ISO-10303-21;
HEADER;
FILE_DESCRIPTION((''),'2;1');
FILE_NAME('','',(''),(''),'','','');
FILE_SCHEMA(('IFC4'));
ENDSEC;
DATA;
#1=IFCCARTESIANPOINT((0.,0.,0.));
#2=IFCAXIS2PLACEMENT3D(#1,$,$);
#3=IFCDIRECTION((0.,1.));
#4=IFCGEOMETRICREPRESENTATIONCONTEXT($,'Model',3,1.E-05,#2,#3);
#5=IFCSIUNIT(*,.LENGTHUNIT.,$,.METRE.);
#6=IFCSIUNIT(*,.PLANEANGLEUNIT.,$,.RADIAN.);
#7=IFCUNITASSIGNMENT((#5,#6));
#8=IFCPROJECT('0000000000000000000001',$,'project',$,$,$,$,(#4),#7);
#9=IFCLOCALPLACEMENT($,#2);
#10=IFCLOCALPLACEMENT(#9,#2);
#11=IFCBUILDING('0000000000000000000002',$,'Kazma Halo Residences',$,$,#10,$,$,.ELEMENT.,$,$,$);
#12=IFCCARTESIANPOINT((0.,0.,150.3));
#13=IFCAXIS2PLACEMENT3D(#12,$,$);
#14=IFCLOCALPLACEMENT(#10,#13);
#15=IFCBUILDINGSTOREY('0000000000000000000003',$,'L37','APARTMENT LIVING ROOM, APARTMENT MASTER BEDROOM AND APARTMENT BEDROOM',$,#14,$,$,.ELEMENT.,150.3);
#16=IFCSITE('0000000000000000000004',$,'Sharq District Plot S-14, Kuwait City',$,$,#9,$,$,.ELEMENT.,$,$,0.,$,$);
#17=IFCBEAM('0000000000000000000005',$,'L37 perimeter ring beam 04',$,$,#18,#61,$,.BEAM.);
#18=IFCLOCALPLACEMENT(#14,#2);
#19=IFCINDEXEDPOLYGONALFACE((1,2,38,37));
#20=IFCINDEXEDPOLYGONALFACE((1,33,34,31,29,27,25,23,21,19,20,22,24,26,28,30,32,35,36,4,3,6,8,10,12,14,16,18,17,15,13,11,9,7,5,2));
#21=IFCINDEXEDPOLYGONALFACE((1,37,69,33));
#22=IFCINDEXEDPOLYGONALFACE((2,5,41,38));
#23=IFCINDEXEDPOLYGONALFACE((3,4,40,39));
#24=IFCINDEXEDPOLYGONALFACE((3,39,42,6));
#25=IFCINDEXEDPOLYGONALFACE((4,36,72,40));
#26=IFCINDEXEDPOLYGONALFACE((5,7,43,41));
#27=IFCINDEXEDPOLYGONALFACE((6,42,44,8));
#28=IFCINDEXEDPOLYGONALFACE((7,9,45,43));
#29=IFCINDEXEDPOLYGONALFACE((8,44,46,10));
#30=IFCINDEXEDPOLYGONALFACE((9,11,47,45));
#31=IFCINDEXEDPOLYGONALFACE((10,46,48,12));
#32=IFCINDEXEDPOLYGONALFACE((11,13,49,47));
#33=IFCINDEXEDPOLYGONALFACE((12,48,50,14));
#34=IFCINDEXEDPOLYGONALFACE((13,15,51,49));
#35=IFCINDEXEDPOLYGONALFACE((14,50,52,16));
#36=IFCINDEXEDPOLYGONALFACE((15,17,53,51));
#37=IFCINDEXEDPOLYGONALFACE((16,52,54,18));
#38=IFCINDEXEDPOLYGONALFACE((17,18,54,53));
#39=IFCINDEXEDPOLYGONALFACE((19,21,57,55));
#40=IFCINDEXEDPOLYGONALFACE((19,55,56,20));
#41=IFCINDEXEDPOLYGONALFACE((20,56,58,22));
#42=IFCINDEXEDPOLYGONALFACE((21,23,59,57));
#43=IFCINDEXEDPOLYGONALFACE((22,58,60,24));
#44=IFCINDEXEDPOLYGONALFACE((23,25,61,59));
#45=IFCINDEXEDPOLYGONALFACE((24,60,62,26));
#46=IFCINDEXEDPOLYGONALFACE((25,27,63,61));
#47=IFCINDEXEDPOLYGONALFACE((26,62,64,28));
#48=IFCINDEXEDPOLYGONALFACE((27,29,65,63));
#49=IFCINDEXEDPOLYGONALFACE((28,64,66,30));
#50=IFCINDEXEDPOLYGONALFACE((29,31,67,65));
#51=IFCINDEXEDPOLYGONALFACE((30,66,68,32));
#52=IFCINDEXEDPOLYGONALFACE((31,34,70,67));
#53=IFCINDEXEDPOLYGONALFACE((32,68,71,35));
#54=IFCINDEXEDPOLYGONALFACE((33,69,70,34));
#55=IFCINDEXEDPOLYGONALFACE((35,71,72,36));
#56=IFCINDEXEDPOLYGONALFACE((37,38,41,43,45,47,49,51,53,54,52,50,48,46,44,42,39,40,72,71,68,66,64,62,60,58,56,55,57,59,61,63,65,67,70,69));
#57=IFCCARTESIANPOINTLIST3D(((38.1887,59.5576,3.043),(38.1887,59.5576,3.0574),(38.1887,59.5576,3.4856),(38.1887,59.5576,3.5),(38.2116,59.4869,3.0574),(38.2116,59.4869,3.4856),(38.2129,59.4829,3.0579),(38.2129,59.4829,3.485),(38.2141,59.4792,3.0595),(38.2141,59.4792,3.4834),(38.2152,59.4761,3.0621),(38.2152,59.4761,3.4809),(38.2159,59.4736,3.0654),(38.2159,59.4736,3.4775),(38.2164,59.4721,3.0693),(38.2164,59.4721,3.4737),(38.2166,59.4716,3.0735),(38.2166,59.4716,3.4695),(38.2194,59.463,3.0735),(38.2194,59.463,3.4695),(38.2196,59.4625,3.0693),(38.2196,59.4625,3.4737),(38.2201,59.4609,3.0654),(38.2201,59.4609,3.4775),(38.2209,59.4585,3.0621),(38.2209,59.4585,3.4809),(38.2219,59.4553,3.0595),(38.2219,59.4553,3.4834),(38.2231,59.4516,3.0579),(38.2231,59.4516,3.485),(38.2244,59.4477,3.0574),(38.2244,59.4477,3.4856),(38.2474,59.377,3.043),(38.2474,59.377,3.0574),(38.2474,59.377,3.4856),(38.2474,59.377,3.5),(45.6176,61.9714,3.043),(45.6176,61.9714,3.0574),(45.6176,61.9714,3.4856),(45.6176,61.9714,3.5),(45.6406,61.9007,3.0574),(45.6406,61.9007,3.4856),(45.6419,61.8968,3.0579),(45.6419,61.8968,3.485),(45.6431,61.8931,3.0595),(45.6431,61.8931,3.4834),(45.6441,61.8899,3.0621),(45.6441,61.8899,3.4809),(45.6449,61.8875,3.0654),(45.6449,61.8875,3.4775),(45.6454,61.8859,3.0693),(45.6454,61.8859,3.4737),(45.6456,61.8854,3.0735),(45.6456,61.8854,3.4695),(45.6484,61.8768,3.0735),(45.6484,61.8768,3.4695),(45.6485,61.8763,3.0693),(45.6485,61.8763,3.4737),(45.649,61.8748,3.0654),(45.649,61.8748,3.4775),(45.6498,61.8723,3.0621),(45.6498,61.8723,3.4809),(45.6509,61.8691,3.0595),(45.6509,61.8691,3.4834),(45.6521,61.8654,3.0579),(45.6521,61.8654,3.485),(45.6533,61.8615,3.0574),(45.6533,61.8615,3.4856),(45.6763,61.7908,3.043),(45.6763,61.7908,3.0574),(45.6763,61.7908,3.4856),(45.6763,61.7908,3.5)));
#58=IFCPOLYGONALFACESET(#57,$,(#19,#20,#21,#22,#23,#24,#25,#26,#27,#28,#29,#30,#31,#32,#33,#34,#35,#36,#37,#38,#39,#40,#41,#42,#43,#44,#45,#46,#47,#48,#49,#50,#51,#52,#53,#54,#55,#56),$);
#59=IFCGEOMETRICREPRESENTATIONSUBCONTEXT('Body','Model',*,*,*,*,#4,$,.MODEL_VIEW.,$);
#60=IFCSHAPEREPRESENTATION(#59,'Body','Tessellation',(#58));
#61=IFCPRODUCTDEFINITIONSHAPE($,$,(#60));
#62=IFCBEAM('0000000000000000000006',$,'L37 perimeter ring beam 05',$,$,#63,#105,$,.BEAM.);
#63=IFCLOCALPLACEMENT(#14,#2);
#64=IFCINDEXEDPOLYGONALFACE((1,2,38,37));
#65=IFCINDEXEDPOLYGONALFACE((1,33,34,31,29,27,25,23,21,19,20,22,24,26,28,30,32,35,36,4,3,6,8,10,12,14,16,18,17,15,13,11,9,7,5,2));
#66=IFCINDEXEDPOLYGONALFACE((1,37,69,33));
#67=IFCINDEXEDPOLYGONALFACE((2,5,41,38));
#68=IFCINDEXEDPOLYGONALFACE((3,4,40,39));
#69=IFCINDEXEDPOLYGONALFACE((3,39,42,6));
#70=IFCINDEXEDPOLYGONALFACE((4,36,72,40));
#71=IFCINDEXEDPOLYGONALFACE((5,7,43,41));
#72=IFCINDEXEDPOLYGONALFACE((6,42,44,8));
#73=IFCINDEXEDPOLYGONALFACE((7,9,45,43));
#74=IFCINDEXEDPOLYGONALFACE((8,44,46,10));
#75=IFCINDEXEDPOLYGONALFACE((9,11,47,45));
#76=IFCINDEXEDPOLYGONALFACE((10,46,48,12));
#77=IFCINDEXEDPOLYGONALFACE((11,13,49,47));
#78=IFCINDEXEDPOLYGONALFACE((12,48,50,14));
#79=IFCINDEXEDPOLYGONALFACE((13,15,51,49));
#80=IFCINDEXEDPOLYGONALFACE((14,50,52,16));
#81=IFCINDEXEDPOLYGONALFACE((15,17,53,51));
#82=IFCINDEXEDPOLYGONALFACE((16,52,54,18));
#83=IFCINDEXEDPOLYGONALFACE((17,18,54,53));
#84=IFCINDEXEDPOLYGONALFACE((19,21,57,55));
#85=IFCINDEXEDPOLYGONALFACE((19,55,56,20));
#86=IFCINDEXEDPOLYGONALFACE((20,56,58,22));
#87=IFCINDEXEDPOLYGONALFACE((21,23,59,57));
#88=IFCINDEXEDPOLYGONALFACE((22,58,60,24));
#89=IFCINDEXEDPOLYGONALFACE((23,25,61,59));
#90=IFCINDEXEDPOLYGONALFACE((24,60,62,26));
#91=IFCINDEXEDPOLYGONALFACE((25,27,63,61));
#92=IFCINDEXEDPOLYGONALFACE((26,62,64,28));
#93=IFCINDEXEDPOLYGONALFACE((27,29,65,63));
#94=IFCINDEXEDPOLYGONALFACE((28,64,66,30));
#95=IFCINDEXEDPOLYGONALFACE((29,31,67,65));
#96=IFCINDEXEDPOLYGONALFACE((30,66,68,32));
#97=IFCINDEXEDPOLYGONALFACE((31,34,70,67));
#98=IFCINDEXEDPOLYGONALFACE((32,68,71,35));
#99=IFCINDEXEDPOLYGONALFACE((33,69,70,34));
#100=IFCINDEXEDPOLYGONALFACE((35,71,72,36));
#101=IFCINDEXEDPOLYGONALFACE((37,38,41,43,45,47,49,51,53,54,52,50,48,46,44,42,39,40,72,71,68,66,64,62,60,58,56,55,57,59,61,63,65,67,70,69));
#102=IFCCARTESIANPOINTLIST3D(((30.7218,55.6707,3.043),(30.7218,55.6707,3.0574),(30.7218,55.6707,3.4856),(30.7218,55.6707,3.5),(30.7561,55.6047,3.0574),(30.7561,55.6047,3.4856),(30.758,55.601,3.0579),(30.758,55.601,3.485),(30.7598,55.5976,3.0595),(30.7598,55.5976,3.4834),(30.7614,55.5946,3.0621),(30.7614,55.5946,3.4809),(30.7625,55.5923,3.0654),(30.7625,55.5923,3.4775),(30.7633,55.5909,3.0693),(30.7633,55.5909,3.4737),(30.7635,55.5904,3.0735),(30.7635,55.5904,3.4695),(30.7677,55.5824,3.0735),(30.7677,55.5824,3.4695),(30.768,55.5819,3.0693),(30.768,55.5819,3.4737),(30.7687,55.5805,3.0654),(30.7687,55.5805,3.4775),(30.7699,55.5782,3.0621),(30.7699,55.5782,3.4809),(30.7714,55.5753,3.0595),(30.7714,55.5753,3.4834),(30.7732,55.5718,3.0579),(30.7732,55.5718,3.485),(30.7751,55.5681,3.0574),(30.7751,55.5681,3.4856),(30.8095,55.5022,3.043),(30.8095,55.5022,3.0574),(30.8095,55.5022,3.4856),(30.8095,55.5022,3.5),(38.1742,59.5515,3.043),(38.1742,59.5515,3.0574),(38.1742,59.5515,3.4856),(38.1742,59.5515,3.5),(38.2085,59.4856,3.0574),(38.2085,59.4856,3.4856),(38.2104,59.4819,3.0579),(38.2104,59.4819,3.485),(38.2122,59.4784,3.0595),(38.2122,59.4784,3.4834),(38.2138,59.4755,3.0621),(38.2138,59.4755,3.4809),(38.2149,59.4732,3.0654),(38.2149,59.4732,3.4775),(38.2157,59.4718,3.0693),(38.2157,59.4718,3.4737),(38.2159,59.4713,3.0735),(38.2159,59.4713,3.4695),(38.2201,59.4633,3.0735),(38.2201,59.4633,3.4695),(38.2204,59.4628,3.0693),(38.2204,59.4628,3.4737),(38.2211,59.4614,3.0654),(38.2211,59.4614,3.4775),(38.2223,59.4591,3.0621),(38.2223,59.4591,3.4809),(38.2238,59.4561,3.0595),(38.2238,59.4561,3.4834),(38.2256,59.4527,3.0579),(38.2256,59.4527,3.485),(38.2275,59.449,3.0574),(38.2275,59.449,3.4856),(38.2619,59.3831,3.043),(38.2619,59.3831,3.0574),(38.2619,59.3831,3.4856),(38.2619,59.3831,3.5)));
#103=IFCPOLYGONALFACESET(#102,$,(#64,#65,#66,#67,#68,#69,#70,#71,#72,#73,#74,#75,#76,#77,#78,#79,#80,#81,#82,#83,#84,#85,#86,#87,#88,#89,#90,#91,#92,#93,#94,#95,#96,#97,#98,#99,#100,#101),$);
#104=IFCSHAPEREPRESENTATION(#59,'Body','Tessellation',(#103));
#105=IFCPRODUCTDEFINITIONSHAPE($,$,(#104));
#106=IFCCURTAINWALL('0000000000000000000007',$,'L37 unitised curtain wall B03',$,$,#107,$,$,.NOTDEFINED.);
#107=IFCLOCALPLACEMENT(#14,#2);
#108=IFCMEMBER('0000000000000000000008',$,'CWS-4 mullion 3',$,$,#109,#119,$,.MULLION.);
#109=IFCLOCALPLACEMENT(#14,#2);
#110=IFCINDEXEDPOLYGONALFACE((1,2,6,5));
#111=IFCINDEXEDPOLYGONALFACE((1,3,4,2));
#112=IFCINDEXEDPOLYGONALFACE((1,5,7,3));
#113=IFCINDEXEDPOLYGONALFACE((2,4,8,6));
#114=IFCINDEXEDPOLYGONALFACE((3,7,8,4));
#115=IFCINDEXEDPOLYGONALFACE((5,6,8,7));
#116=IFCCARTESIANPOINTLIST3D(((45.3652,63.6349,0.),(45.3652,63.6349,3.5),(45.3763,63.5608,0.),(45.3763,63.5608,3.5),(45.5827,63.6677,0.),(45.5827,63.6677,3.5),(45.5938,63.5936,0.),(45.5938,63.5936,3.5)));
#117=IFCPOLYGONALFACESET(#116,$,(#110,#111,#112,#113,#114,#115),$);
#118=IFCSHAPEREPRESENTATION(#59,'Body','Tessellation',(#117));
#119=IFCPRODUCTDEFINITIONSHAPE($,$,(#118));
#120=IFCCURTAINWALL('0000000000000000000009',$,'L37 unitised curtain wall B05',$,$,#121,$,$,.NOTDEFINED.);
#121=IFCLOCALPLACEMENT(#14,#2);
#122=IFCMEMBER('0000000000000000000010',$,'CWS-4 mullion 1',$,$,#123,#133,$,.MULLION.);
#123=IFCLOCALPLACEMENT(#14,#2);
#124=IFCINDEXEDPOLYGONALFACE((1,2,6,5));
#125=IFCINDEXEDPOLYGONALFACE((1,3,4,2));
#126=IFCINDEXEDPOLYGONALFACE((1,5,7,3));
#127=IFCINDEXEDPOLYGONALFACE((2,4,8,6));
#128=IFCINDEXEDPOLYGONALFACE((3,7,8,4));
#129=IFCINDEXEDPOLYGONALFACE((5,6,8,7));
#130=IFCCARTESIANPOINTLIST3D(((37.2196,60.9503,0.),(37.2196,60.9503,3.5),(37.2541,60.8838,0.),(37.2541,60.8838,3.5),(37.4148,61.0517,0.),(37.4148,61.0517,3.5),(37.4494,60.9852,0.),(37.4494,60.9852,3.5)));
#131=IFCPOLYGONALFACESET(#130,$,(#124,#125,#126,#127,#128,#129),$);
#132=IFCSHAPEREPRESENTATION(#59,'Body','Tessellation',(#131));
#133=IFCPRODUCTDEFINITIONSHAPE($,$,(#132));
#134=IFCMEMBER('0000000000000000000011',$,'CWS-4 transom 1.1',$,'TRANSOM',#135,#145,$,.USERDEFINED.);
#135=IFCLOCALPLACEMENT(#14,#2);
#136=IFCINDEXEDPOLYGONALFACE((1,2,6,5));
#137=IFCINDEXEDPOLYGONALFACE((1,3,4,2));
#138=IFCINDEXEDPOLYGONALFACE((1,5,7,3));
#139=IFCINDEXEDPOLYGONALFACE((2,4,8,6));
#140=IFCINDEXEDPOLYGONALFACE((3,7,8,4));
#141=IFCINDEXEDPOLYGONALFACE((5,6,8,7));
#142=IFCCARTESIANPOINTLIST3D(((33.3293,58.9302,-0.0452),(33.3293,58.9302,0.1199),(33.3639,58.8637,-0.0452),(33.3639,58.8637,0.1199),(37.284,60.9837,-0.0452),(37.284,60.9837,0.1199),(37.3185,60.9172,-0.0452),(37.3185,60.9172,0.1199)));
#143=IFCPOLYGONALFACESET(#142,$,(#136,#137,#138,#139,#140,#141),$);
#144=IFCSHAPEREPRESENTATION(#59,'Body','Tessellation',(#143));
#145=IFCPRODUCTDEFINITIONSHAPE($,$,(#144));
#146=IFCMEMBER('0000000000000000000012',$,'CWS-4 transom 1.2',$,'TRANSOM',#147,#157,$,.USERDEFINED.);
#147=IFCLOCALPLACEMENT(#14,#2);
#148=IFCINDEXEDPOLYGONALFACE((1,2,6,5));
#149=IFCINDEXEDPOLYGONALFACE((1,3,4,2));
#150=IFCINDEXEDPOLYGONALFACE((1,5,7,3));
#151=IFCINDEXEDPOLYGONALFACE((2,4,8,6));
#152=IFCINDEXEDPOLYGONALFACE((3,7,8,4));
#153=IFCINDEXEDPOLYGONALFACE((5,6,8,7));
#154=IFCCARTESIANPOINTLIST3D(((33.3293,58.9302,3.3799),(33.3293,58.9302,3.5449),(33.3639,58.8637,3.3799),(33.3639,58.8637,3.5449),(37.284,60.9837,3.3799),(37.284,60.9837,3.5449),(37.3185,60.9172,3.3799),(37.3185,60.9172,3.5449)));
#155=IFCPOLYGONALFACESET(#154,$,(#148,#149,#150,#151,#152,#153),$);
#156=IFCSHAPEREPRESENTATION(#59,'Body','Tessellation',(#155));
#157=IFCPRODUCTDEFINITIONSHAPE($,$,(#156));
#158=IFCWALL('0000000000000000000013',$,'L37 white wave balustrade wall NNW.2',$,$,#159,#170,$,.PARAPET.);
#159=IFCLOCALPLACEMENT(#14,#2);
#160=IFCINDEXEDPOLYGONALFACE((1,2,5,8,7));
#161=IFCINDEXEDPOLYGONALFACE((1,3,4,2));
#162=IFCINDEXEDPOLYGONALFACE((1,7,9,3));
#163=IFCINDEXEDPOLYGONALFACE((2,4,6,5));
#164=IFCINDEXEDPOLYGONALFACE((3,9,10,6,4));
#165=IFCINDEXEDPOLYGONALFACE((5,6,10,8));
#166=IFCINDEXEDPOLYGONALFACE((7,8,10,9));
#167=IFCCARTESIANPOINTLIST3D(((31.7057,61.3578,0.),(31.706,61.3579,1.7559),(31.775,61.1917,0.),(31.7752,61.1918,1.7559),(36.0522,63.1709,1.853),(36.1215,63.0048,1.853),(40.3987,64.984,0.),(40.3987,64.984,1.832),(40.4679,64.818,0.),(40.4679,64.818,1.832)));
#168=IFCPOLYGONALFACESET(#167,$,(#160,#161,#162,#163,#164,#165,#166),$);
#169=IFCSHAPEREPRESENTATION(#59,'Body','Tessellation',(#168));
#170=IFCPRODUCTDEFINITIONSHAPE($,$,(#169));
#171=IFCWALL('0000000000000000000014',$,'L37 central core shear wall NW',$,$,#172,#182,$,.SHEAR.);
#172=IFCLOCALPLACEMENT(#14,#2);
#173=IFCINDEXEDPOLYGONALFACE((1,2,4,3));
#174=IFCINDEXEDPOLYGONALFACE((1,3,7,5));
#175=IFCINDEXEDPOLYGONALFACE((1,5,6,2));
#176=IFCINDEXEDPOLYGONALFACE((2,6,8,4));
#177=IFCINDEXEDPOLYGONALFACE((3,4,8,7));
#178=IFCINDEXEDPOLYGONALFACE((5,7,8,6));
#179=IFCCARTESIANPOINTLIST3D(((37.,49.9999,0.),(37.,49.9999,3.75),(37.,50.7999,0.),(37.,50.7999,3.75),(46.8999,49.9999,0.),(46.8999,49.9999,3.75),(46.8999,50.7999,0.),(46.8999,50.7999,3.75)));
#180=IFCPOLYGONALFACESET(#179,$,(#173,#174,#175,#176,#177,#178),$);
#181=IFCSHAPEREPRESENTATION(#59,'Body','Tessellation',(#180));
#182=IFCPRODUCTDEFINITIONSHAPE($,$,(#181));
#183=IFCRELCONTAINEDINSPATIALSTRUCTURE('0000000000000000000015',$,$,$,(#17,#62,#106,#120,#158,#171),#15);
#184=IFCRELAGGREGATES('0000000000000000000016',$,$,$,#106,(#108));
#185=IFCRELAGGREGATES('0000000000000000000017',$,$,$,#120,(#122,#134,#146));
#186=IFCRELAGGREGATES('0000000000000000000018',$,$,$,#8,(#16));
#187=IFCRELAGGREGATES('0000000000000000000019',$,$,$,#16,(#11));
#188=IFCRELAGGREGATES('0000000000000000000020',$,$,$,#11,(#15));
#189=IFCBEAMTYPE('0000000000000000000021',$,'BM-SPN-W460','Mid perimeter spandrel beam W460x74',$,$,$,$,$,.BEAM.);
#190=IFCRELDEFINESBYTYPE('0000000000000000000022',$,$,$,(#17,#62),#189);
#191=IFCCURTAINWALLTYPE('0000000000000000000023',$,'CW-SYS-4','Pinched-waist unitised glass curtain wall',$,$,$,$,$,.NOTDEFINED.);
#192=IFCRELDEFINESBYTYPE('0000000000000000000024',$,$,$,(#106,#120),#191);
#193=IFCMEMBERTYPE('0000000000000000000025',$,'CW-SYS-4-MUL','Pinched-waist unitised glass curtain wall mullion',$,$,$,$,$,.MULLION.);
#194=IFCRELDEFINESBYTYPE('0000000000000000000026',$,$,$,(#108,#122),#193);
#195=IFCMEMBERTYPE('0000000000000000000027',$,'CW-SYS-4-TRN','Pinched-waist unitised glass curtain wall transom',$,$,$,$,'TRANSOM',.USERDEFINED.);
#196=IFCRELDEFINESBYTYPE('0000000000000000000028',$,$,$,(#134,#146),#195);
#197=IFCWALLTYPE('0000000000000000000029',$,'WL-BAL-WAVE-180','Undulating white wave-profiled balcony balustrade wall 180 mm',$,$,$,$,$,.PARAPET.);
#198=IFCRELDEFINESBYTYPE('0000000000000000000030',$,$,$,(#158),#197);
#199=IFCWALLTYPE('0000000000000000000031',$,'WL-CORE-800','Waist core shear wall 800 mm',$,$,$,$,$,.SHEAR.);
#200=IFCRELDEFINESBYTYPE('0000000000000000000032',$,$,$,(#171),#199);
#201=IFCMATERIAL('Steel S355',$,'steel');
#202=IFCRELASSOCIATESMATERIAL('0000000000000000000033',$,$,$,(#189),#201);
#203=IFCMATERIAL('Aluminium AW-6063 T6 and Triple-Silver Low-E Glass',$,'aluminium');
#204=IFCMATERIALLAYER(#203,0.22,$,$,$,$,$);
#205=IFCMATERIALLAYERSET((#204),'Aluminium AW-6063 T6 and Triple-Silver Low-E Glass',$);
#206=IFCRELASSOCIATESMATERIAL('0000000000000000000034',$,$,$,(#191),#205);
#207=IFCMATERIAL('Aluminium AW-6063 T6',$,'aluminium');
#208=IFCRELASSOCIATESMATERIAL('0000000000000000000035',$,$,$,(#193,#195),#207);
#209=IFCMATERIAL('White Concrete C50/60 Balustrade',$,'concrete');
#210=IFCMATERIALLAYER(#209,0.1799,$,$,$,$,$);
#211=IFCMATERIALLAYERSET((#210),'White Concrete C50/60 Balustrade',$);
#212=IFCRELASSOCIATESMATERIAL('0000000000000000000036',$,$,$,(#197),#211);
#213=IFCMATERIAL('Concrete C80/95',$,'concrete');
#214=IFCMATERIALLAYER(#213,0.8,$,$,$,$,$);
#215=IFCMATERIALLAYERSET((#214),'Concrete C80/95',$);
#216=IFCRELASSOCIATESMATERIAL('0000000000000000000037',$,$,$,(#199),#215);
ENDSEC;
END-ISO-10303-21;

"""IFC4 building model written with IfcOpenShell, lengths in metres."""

from ifc_helpers import new_model, si_unit, direction, frame, frame_2d, origin, origin_2d, place, context, subcontext, project, spatial, polyline, rectangle, i_section, outline, extrude, material, layer, layer_set, material_profile, profile_set, type_object, element, aggregate, save


model = new_model("IFC4")

# Units and contexts
model_context = context("Model", 3, precision=1e-05, world=origin(), true_north=direction((0.0, 1.0)))
body_context = subcontext(model_context, "Body", "Model", "MODEL_VIEW")
ifc_project = project(units=[si_unit("LENGTHUNIT", "METRE"), si_unit("PLANEANGLEUNIT", "RADIAN")], contexts=[model_context])

# Site, building, storey
site_placement = place(None, origin())
site = spatial("IfcSite", under=ifc_project, at=site_placement, Name="Sharq District Plot S-14, Kuwait City", CompositionType="ELEMENT", RefElevation=0.0)
building_placement = place(site_placement, origin())
building = spatial("IfcBuilding", under=site, at=building_placement, Name="Kazma Halo Residences", CompositionType="ELEMENT")
storey_placement = place(building_placement, frame((0.0, 0.0, 150.3)))
storey = spatial("IfcBuildingStorey", under=building, at=storey_placement, Name="L37", Description="APARTMENT LIVING ROOM, APARTMENT MASTER BEDROOM AND APARTMENT BEDROOM", CompositionType="ELEMENT", Elevation=150.3)

# Shared definitions
ifc_material_1 = material(Name="Concrete C80/95", Category="concrete")

# Beams
ifc_material_2 = material(Name="Steel S355", Category="steel")
ifc_material_profile_1 = material_profile(ifc_material_2, i_section(OverallWidth=0.1899, OverallDepth=0.457, WebThickness=0.009, FlangeThickness=0.0144, FilletRadius=0.0161, at=origin_2d()), Name="W460x74")
ifc_profile_set_1 = profile_set([ifc_material_profile_1], Name="Steel S355")
beam_type_1 = type_object("IfcBeamType", Name="BM-SPN-W460", Description="Mid perimeter spandrel beam W460x74", PredefinedType="BEAM", material=ifc_profile_set_1)
beam_1_placement = place(storey_placement, frame((45.647, 61.8811, 3.2715), z_axis=(-0.951056, -0.309018, 0.0), x_axis=(0.309018, -0.951056, 0.0)))
element("IfcBeam", 1, at=beam_1_placement, inside=storey, type_object=beam_type_1, Name="L37 perimeter ring beam 04", PredefinedType="BEAM", context=body_context, shape_type="SweptSolid", body=[
    extrude(i_section(OverallWidth=0.1899, OverallDepth=0.457, WebThickness=0.009, FlangeThickness=0.0144, FilletRadius=0.0161, at=origin_2d()), origin(), (0.0, 0.0, 1.0), 7.8113),
])
beam_2_placement = place(storey_placement, frame((38.218, 59.4673, 3.2715), z_axis=(-0.886943, -0.461879, 0.0), x_axis=(0.461879, -0.886943, 0.0)))
element("IfcBeam", 2, at=beam_2_placement, inside=storey, type_object=beam_type_1, Name="L37 perimeter ring beam 05", PredefinedType="BEAM", context=body_context, shape_type="SweptSolid", body=[
    extrude(i_section(OverallWidth=0.1899, OverallDepth=0.457, WebThickness=0.009, FlangeThickness=0.0144, FilletRadius=0.0161, at=origin_2d()), origin(), (0.0, 0.0, 1.0), 8.4023),
])

# Curtain wall, member
ifc_material_3 = material(Name="Aluminium AW-6063 T6 and Triple-Silver Low-E Glass", Category="aluminium")
ifc_layer_1 = layer(ifc_material_3, 0.22)
ifc_layer_set_1 = layer_set([ifc_layer_1], Name="Aluminium AW-6063 T6 and Triple-Silver Low-E Glass")
curtain_wall_type = type_object("IfcCurtainWallType", Name="CW-SYS-4", Description="Pinched-waist unitised glass curtain wall", PredefinedType="NOTDEFINED", material=ifc_layer_set_1)
curtain_wall_1_placement = place(storey_placement, origin())
curtain_wall_1 = element("IfcCurtainWall", 3, at=curtain_wall_1_placement, inside=storey, type_object=curtain_wall_type, Name="L37 unitised curtain wall B03", PredefinedType="NOTDEFINED")
ifc_material_4 = material(Name="Aluminium AW-6063 T6", Category="aluminium")
ifc_material_profile_2 = material_profile(ifc_material_4, rectangle(XDim=0.075, YDim=0.22, at=origin_2d()), Name="CWM-75x220")
ifc_profile_set_2 = profile_set([ifc_material_profile_2], Name="Aluminium AW-6063 T6")
member_type_1 = type_object("IfcMemberType", Name="CW-SYS-4-MUL", Description="Pinched-waist unitised glass curtain wall mullion", PredefinedType="MULLION", material=ifc_profile_set_2)
member_1_placement = place(storey_placement, frame((45.4795, 63.6143, 0.0), z_axis=(0.0, 0.0, 1.0), x_axis=(0.148821, -0.988864, 0.0)))
member_1 = element("IfcMember", 4, at=member_1_placement, type_object=member_type_1, Name="CWS-4 mullion 3", PredefinedType="MULLION", context=body_context, shape_type="SweptSolid", body=[
    extrude(rectangle(XDim=0.075, YDim=0.22, at=origin_2d()), origin(), (0.0, 0.0, 1.0), 3.5),
])
aggregate(curtain_wall_1, [member_1])

# Curtain wall, members
curtain_wall_2_placement = place(storey_placement, origin())
curtain_wall_2 = element("IfcCurtainWall", 5, at=curtain_wall_2_placement, inside=storey, type_object=curtain_wall_type, Name="L37 unitised curtain wall B05", PredefinedType="NOTDEFINED")
member_2_placement = place(storey_placement, frame((37.3345, 60.9678, 0.0), z_axis=(0.0, 0.0, 1.0), x_axis=(0.460837, -0.887485, 0.0)))
member_2 = element("IfcMember", 6, at=member_2_placement, type_object=member_type_1, Name="CWS-4 mullion 1", PredefinedType="MULLION", context=body_context, shape_type="SweptSolid", body=[
    extrude(rectangle(XDim=0.075, YDim=0.22, at=origin_2d()), origin(), (0.0, 0.0, 1.0), 3.5),
])
ifc_material_profile_3 = material_profile(ifc_material_4, rectangle(XDim=0.075, YDim=0.165, at=origin_2d()), Name="CWT-75x165")
ifc_profile_set_3 = profile_set([ifc_material_profile_3], Name="Aluminium AW-6063 T6")
member_type_2 = type_object("IfcMemberType", Name="CW-SYS-4-TRN", Description="Pinched-waist unitised glass curtain wall transom", ElementType="TRANSOM", PredefinedType="USERDEFINED", material=ifc_profile_set_3)
member_3_placement = place(storey_placement, frame((37.3013, 60.9504, 0.0374), z_axis=(-0.887485, -0.460837, 0.0), x_axis=(0.460837, -0.887485, 0.0)))
member_3 = element("IfcMember", 7, at=member_3_placement, type_object=member_type_2, Name="CWS-4 transom 1.1", ObjectType="TRANSOM", PredefinedType="USERDEFINED", context=body_context, shape_type="SweptSolid", body=[
    extrude(rectangle(XDim=0.075, YDim=0.165, at=origin_2d()), origin(), (0.0, 0.0, 1.0), 4.4561),
])
member_4_placement = place(storey_placement, frame((37.3013, 60.9504, 3.4624), z_axis=(-0.887485, -0.460837, 0.0), x_axis=(0.460837, -0.887485, 0.0)))
member_4 = element("IfcMember", 8, at=member_4_placement, type_object=member_type_2, Name="CWS-4 transom 1.2", ObjectType="TRANSOM", PredefinedType="USERDEFINED", context=body_context, shape_type="SweptSolid", body=[
    extrude(rectangle(XDim=0.075, YDim=0.165, at=origin_2d()), origin(), (0.0, 0.0, 1.0), 4.4561),
])
aggregate(curtain_wall_2, [member_2, member_3, member_4])

# Walls
ifc_material_5 = material(Name="White Concrete C50/60 Balustrade", Category="concrete")
ifc_layer_2 = layer(ifc_material_5, 0.1799)
ifc_layer_set_2 = layer_set([ifc_layer_2], Name="White Concrete C50/60 Balustrade")
wall_type_1 = type_object("IfcWallType", Name="WL-BAL-WAVE-180", Description="Undulating white wave-profiled balcony balustrade wall 180 mm", PredefinedType="PARAPET", material=ifc_layer_set_2)
wall_1_placement = place(storey_placement, frame((40.4333, 64.9009, 0.0), z_axis=(0.0, 0.0, 1.0), x_axis=(-0.922919, -0.384994, 0.0)))
element("IfcWall", 9, at=wall_1_placement, inside=storey, type_object=wall_type_1, Name="L37 white wave balustrade wall NNW.2", PredefinedType="PARAPET", context=body_context, shape_type="SweptSolid", body=[
    extrude(outline(polyline([(0.0, 0.0), (9.4189, 0.0), (9.4187, 1.7559), (4.7095, 1.853), (0.0, 1.832), (0.0, 0.0)])), frame((0.0, 0.0898, 0.0), z_axis=(0.0, -1.0, 0.0), x_axis=(1.0, 0.0, 0.0)), (0.0, 0.0, 1.0), 0.1799),
])
ifc_layer_3 = layer(ifc_material_1, 0.8)
ifc_layer_set_3 = layer_set([ifc_layer_3], Name="Concrete C80/95")
wall_type_2 = type_object("IfcWallType", Name="WL-CORE-800", Description="Waist core shear wall 800 mm", PredefinedType="SHEAR", material=ifc_layer_set_3)
wall_2_placement = place(storey_placement, frame((37.0, 50.3999, 0.0), z_axis=(0.0, 0.0, 1.0), x_axis=(1.0, 0.0, 0.0)))
element("IfcWall", 10, at=wall_2_placement, inside=storey, type_object=wall_type_2, Name="L37 central core shear wall NW", PredefinedType="SHEAR", context=body_context, shape_type="SweptSolid", body=[
    extrude(rectangle(XDim=9.8999, YDim=0.8, at=frame_2d((4.95, 0.0))), origin(), (0.0, 0.0, 1.0), 3.75),
])

save(model, "model.ifc")
